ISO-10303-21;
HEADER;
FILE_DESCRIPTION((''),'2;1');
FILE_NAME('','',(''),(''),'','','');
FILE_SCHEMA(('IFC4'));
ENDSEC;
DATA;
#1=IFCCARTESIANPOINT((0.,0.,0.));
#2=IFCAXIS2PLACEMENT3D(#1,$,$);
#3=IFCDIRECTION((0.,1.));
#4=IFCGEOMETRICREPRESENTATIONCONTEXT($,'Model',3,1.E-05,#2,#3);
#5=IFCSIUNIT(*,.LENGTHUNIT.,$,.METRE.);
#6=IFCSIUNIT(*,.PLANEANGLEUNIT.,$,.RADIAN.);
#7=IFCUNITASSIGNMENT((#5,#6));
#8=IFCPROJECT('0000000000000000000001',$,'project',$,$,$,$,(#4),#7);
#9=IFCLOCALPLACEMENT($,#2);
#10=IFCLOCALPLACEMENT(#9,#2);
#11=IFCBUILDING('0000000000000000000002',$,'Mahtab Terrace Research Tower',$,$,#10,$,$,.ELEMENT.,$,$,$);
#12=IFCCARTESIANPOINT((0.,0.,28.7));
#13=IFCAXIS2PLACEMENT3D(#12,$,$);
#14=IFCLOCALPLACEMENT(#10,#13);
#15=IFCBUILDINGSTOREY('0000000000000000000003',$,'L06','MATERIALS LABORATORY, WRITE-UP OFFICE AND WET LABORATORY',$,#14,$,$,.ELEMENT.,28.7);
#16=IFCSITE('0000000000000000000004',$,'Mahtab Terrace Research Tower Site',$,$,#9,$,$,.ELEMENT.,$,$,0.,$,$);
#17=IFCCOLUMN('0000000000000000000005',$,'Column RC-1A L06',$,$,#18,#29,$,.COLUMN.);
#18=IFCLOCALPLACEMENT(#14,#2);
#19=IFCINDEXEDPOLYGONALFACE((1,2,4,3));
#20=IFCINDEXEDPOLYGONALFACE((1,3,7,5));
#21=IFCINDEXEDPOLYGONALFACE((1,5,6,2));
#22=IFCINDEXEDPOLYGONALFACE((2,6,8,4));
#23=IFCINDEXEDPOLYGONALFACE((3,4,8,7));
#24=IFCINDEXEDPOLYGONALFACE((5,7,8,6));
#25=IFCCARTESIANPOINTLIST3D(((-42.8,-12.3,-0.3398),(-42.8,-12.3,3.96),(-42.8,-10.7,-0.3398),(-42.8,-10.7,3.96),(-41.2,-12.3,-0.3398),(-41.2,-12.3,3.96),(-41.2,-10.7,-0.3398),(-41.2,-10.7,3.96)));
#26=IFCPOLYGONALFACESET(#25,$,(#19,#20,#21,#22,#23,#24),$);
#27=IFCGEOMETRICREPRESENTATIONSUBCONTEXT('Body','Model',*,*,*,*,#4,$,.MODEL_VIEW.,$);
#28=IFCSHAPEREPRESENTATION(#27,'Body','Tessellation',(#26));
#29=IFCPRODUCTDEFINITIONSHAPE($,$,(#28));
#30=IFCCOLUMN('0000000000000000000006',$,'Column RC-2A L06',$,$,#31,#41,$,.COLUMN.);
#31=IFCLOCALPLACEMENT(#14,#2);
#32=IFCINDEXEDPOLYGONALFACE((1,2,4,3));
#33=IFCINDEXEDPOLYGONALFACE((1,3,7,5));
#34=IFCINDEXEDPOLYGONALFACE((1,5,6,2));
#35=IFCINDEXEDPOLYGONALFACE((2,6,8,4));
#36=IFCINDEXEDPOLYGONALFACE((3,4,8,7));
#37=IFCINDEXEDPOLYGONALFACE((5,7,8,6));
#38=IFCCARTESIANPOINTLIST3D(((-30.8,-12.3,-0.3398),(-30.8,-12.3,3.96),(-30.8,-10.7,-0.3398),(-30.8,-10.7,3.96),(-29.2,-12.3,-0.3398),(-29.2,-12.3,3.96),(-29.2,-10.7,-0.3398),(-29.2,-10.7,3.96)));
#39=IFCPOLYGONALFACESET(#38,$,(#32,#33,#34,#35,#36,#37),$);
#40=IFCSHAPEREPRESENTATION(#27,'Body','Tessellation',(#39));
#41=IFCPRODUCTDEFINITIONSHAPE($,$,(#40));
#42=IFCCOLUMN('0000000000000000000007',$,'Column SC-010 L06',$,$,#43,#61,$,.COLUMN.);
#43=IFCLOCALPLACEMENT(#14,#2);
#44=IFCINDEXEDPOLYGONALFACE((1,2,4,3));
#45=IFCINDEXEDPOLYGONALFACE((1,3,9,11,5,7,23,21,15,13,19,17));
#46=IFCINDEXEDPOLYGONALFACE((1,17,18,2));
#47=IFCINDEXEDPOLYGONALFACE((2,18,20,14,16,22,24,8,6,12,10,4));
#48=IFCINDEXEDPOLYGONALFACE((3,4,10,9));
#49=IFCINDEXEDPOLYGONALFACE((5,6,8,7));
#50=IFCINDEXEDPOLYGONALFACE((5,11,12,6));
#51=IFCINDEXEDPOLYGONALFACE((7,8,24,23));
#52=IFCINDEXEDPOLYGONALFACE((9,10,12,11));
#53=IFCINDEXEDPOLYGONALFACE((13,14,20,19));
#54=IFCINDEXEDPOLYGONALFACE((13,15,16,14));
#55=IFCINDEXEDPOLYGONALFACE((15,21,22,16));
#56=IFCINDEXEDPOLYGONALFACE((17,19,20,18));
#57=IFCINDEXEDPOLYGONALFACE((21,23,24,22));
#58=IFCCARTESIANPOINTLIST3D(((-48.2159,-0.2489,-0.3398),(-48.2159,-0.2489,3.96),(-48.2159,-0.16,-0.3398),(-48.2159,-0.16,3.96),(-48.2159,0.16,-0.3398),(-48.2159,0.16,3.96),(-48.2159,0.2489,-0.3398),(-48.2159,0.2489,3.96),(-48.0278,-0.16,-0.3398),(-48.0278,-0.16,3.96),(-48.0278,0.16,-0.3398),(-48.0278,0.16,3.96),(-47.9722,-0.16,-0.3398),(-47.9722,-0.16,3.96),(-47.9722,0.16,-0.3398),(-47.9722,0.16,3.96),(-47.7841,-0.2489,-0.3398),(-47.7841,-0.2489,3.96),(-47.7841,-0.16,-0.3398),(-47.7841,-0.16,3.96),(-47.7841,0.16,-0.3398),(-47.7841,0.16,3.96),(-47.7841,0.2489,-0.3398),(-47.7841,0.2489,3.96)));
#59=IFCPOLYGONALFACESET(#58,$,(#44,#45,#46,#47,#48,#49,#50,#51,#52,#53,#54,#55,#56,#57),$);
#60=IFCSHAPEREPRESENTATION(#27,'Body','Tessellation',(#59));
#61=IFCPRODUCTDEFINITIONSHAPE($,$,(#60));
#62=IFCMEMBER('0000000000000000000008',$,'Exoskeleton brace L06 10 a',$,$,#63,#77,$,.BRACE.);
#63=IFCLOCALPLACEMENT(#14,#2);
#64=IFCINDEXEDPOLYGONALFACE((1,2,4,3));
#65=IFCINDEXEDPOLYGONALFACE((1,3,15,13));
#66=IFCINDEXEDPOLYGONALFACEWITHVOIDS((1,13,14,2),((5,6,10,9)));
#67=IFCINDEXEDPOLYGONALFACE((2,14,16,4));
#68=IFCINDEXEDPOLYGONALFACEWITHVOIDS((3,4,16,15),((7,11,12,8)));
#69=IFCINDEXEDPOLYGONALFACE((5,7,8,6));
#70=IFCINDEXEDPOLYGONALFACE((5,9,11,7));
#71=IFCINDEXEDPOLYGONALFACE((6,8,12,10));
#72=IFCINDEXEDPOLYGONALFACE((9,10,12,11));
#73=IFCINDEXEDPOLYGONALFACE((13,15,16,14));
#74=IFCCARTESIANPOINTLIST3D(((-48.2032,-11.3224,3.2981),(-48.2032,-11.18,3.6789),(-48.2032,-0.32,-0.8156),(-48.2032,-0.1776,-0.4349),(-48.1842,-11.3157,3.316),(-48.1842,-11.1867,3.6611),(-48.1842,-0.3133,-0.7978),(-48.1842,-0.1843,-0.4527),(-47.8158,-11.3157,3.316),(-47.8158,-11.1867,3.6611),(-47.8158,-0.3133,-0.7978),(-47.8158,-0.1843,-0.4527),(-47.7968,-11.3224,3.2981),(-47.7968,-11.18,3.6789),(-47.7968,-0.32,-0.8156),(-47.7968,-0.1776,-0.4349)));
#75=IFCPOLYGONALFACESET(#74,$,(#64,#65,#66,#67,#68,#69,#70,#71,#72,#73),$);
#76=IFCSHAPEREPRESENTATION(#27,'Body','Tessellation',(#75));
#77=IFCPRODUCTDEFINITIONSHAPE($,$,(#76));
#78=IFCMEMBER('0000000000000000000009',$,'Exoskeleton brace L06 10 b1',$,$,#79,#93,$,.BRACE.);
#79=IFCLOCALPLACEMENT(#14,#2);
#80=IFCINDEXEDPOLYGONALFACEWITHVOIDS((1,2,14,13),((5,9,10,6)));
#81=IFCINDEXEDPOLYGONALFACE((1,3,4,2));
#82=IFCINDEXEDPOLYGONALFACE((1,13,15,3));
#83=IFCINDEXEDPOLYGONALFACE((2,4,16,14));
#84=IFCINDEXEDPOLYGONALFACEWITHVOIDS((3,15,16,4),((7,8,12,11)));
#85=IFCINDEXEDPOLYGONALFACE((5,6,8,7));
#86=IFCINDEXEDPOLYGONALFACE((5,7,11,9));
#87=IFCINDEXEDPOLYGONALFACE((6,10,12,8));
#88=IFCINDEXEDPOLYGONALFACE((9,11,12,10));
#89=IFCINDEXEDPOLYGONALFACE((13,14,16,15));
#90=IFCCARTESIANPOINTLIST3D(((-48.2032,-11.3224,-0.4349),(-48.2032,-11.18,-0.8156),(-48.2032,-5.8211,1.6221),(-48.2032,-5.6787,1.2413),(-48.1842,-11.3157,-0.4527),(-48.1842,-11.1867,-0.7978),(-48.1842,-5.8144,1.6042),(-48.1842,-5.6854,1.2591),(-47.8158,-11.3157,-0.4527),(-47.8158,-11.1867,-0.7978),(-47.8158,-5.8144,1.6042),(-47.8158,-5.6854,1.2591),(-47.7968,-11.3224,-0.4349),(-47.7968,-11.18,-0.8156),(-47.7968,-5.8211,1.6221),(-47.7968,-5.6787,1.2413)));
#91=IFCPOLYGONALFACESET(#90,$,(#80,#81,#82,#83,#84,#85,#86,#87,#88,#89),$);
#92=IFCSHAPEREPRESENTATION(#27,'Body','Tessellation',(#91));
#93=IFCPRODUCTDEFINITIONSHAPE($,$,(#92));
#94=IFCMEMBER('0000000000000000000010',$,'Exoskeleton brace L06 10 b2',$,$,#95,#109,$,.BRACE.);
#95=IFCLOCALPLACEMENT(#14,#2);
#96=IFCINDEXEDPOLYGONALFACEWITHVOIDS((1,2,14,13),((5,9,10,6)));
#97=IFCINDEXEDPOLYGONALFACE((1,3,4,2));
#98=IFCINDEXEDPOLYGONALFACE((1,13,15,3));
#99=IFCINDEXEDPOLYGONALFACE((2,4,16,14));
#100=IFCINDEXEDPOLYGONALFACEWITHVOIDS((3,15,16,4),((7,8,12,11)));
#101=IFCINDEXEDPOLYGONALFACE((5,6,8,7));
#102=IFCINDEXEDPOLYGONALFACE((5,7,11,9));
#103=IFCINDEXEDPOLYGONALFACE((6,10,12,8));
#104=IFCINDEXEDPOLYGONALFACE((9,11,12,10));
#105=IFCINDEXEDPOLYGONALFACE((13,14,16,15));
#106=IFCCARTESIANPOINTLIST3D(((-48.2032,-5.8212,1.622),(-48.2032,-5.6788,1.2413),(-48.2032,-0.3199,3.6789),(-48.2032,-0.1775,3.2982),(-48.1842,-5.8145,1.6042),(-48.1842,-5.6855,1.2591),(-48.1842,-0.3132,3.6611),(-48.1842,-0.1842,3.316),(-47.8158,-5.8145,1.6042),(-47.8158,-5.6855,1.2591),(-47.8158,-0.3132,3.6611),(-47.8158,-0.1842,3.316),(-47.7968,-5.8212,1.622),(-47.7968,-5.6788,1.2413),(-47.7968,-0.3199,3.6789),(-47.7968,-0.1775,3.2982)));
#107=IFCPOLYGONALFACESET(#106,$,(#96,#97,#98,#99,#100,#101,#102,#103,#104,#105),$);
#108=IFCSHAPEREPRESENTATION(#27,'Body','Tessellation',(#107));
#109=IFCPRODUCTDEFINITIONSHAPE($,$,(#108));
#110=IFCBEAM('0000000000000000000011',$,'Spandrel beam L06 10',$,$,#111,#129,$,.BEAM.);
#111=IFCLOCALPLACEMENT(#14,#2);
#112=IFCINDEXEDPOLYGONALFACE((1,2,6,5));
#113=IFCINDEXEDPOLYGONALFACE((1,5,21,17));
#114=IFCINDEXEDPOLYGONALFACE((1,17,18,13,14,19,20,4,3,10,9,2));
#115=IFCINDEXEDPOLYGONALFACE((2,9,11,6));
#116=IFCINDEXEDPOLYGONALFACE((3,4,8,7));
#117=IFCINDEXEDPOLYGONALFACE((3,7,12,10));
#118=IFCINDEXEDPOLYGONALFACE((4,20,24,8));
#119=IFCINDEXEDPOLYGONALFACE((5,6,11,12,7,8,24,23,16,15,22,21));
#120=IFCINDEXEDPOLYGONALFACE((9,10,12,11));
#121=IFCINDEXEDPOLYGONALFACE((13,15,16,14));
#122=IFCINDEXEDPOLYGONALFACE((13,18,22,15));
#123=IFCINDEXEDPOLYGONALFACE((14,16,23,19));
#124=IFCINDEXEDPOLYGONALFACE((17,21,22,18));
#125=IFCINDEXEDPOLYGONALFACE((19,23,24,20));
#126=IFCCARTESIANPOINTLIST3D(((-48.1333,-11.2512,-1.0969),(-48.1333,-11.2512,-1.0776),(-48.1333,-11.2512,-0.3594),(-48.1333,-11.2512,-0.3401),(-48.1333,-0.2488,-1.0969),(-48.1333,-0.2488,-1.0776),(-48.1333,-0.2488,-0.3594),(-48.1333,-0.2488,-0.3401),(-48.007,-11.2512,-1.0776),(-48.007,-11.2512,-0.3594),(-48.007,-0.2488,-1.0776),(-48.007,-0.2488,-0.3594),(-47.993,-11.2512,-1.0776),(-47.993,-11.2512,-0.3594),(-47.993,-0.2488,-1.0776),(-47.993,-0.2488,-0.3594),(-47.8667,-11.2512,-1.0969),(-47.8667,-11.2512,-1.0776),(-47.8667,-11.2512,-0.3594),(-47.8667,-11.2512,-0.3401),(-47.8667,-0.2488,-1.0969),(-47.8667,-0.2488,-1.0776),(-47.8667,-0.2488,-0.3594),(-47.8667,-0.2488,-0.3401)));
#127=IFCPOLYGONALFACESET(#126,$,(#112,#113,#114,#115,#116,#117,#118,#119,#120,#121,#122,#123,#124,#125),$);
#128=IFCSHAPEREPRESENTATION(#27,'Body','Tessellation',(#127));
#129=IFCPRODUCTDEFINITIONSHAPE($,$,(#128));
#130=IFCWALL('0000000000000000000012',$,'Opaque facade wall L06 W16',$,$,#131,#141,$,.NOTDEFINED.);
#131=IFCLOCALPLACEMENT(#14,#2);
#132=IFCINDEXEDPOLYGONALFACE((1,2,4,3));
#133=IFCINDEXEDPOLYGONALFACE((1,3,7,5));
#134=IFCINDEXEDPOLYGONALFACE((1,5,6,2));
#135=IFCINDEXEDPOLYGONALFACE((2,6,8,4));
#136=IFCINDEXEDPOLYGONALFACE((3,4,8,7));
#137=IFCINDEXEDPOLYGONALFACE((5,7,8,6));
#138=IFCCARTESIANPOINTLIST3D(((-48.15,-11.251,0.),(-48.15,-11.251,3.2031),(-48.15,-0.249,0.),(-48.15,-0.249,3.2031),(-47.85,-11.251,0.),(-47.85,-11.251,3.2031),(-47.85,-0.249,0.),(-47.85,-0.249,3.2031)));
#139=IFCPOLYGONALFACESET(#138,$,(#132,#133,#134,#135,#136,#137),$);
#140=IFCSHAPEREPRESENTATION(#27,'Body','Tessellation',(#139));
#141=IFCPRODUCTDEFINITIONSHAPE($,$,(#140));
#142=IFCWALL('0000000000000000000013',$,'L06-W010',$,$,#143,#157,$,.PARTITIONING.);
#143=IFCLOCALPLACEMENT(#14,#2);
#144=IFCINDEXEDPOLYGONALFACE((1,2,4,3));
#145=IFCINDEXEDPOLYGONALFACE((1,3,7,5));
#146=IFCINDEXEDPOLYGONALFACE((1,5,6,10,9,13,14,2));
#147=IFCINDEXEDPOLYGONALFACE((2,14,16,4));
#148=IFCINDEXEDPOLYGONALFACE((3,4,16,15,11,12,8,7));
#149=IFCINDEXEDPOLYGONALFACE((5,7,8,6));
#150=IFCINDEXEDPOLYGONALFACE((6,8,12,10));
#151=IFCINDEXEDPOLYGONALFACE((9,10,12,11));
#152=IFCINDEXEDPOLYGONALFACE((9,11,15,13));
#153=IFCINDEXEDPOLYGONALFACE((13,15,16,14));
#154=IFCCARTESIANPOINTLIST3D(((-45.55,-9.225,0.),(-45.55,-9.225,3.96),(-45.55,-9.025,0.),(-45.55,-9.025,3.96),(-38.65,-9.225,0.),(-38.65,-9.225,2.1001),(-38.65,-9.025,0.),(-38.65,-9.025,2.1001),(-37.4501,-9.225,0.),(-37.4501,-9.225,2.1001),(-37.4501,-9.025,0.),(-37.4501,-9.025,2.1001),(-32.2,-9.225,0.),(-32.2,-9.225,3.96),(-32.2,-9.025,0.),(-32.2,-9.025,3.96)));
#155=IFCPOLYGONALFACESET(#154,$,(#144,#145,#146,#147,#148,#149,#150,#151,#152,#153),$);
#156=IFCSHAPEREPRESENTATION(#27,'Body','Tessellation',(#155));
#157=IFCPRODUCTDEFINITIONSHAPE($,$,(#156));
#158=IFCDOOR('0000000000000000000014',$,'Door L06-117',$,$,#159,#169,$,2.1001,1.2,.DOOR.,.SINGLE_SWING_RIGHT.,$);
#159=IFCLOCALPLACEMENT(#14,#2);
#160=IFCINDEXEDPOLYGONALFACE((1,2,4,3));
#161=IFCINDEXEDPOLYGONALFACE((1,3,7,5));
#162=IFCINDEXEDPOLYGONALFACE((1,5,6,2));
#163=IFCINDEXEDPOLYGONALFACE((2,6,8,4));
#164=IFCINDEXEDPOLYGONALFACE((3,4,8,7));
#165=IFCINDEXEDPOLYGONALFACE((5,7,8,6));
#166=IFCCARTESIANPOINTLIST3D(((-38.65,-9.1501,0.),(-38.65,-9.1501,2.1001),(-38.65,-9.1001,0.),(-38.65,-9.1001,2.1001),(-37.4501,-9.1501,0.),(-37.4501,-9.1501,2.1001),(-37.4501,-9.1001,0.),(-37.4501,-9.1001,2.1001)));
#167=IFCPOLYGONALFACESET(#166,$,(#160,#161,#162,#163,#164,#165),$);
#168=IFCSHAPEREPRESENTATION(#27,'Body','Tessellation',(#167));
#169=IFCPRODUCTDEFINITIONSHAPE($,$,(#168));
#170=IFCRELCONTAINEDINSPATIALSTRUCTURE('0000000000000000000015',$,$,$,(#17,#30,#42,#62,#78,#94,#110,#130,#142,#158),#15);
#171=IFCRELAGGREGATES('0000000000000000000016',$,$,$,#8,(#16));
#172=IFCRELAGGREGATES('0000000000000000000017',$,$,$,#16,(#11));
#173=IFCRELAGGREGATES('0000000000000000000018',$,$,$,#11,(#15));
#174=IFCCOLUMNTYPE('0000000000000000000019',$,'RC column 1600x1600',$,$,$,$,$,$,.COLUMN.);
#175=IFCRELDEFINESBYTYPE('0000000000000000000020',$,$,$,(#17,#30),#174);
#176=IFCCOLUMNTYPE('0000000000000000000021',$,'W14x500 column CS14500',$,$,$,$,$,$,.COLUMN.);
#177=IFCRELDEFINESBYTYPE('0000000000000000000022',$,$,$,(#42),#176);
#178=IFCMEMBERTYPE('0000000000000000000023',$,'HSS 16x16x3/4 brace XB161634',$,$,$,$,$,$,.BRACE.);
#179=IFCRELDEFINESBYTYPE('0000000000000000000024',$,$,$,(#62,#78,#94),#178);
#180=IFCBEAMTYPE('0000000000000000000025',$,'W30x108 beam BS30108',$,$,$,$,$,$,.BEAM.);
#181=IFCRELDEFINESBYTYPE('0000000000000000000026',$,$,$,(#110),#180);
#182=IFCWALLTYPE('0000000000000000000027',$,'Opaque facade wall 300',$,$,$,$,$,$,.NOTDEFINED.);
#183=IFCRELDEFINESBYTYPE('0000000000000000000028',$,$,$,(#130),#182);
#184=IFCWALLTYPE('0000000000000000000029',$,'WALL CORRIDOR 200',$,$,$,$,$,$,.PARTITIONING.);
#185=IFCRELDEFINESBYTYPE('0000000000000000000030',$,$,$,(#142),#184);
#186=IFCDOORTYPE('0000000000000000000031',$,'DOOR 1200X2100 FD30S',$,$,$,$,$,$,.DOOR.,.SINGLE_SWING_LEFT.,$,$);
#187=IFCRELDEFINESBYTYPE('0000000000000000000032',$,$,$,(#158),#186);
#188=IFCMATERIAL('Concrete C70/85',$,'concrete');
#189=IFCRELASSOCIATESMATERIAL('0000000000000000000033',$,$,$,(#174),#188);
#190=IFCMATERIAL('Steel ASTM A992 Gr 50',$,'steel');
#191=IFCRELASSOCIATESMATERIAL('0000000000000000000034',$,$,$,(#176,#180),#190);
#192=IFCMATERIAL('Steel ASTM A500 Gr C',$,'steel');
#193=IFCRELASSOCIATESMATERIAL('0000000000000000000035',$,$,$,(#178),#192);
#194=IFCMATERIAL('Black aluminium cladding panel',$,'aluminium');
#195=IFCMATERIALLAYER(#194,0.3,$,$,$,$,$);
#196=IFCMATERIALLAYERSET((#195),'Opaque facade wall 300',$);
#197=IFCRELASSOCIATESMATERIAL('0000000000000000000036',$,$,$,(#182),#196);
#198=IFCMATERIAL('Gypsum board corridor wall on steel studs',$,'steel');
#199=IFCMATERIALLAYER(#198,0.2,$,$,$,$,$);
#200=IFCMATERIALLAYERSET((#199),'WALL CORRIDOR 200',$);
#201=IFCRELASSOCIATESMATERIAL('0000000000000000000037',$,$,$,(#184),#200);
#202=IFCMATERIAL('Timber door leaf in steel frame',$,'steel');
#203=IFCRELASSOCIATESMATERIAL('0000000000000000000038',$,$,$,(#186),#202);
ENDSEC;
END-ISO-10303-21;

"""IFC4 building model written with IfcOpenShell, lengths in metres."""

from ifc_helpers import new_model, si_unit, direction, frame, frame_2d, origin, origin_2d, place, context, subcontext, project, spatial, rectangle, hollow_rectangle, i_section, extrude, material, layer, layer_set, material_profile, profile_set, type_object, element, fill, save


model = new_model("IFC4")

# Units and contexts
model_context = context("Model", 3, precision=1e-05, world=origin(), true_north=direction((0.0, 1.0)))
body_context = subcontext(model_context, "Body", "Model", "MODEL_VIEW")
ifc_project = project(units=[si_unit("LENGTHUNIT", "METRE"), si_unit("PLANEANGLEUNIT", "RADIAN")], contexts=[model_context])

# Site, building, storey
site_placement = place(None, origin())
site = spatial("IfcSite", under=ifc_project, at=site_placement, Name="Mahtab Terrace Research Tower Site", CompositionType="ELEMENT", RefElevation=0.0)
building_placement = place(site_placement, origin())
building = spatial("IfcBuilding", under=site, at=building_placement, Name="Mahtab Terrace Research Tower", CompositionType="ELEMENT")
storey_placement = place(building_placement, frame((0.0, 0.0, 28.7)))
storey = spatial("IfcBuildingStorey", under=building, at=storey_placement, Name="L06", Description="MATERIALS LABORATORY, WRITE-UP OFFICE AND WET LABORATORY", CompositionType="ELEMENT", Elevation=28.7)

# Columns
ifc_material_1 = material(Name="Concrete C70/85", Category="concrete")
ifc_material_profile_1 = material_profile(ifc_material_1, rectangle(XDim=1.6001, YDim=1.6001, at=origin_2d()), Name="RC column 1600x1600")
ifc_profile_set_1 = profile_set([ifc_material_profile_1], Name="Concrete C70/85")
column_type_1 = type_object("IfcColumnType", Name="RC column 1600x1600", PredefinedType="COLUMN", material=ifc_profile_set_1)
for number, where, z_axis, x_axis, name in (
    (1, (-42.0, -11.5, -0.3398), (0.0, 0.0, 1.0), (1.0, 0.0, 0.0), "Column RC-1A L06"),
    (2, (-30.0, -11.5, -0.3398), (0.0, 0.0, 1.0), (1.0, 0.0, 0.0), "Column RC-2A L06"),
):
    element("IfcColumn", number, at=place(storey_placement, frame(where, z_axis=z_axis, x_axis=x_axis)), inside=storey, type_object=column_type_1, Name=name, PredefinedType="COLUMN", context=body_context, shape_type="SweptSolid", body=[
        extrude(rectangle(XDim=1.6001, YDim=1.6001, at=origin_2d()), origin(), (0.0, 0.0, 1.0), 4.2998),
    ])
ifc_material_2 = material(Name="Steel ASTM A992 Gr 50", Category="steel")
ifc_material_profile_2 = material_profile(ifc_material_2, i_section(OverallWidth=0.4319, OverallDepth=0.4978, WebThickness=0.0557, FlangeThickness=0.0889, at=origin_2d()), Name="W14X500")
ifc_profile_set_2 = profile_set([ifc_material_profile_2], Name="Steel ASTM A992 Gr 50")
column_type_2 = type_object("IfcColumnType", Name="W14x500 column CS14500", PredefinedType="COLUMN", material=ifc_profile_set_2)
column_placement = place(storey_placement, frame((-48.0, 0.0, -0.3398), z_axis=(0.0, 0.0, 1.0), x_axis=(1.0, 0.0, 0.0)))
element("IfcColumn", 3, at=column_placement, inside=storey, type_object=column_type_2, Name="Column SC-010 L06", PredefinedType="COLUMN", context=body_context, shape_type="SweptSolid", body=[
    extrude(i_section(OverallWidth=0.4319, OverallDepth=0.4978, WebThickness=0.0557, FlangeThickness=0.0889, at=origin_2d()), origin(), (0.0, 0.0, 1.0), 4.2998),
])

# Members
ifc_material_3 = material(Name="Steel ASTM A500 Gr C", Category="steel")
ifc_material_profile_3 = material_profile(ifc_material_3, hollow_rectangle(XDim=0.4065, YDim=0.4065, WallThickness=0.019, at=origin_2d()), Name="HSS16X16X3/4")
ifc_profile_set_3 = profile_set([ifc_material_profile_3], Name="Steel ASTM A500 Gr C")
member_type = type_object("IfcMemberType", Name="HSS 16x16x3/4 brace XB161634", PredefinedType="BRACE", material=ifc_profile_set_3)
member_placement = place(storey_placement, frame((-48.0, -0.2488, -0.6252), z_axis=(0.0, -0.936669, 0.350217), x_axis=(1.0, 0.0, 0.0)))
element("IfcMember", 4, at=member_placement, inside=storey, type_object=member_type, Name="Exoskeleton brace L06 10 a", PredefinedType="BRACE", context=body_context, shape_type="SweptSolid", body=[
    extrude(hollow_rectangle(XDim=0.4065, YDim=0.4065, WallThickness=0.019, at=origin_2d()), origin(), (0.0, 0.0, 1.0), 11.7463),
])
for number, where, z_axis, x_axis, name in (
    (5, (-48.0, -11.2512, -0.6252), (0.0, 0.936669, 0.350217), (-1.0, 0.0, 0.0), "Exoskeleton brace L06 10 b1"),
    (6, (-48.0, -5.75, 1.4316), (0.0, 0.936669, 0.350217), (-1.0, 0.0, 0.0), "Exoskeleton brace L06 10 b2"),
):
    element("IfcMember", number, at=place(storey_placement, frame(where, z_axis=z_axis, x_axis=x_axis)), inside=storey, type_object=member_type, Name=name, PredefinedType="BRACE", context=body_context, shape_type="SweptSolid", body=[
        extrude(hollow_rectangle(XDim=0.4065, YDim=0.4065, WallThickness=0.019, at=origin_2d()), origin(), (0.0, 0.0, 1.0), 5.8733),
    ])

# Beam
ifc_material_profile_4 = material_profile(ifc_material_2, i_section(OverallWidth=0.2666, OverallDepth=0.7568, WebThickness=0.0139, FlangeThickness=0.0193, at=origin_2d()), Name="W30X108")
ifc_profile_set_4 = profile_set([ifc_material_profile_4], Name="Steel ASTM A992 Gr 50")
beam_type = type_object("IfcBeamType", Name="W30x108 beam BS30108", PredefinedType="BEAM", material=ifc_profile_set_4)
beam_placement = place(storey_placement, frame((-48.0, -0.2488, -0.7185), z_axis=(0.0, -1.0, 0.0), x_axis=(1.0, 0.0, 0.0)))
element("IfcBeam", 7, at=beam_placement, inside=storey, type_object=beam_type, Name="Spandrel beam L06 10", PredefinedType="BEAM", context=body_context, shape_type="SweptSolid", body=[
    extrude(i_section(OverallWidth=0.2666, OverallDepth=0.7568, WebThickness=0.0139, FlangeThickness=0.0193, at=origin_2d()), origin(), (0.0, 0.0, 1.0), 11.0024),
])

# Wall
ifc_material_4 = material(Name="Black aluminium cladding panel", Category="aluminium")
ifc_layer_1 = layer(ifc_material_4, 0.3)
ifc_layer_set_1 = layer_set([ifc_layer_1], Name="Opaque facade wall 300")
wall_type_1 = type_object("IfcWallType", Name="Opaque facade wall 300", PredefinedType="NOTDEFINED", material=ifc_layer_set_1)
wall_1_placement = place(storey_placement, frame((-48.0, -0.249, 0.0), z_axis=(0.0, 0.0, 1.0), x_axis=(0.0, -1.0, 0.0)))
element("IfcWall", 8, at=wall_1_placement, inside=storey, type_object=wall_type_1, Name="Opaque facade wall L06 W16", PredefinedType="NOTDEFINED", context=body_context, shape_type="SweptSolid", body=[
    extrude(rectangle(XDim=11.002, YDim=0.3, at=frame_2d((5.501, 0.0))), origin(), (0.0, 0.0, 1.0), 3.2031),
])

# Wall, opening, door
ifc_material_5 = material(Name="Gypsum board corridor wall on steel studs", Category="steel")
ifc_layer_2 = layer(ifc_material_5, 0.2)
ifc_layer_set_2 = layer_set([ifc_layer_2], Name="WALL CORRIDOR 200")
wall_type_2 = type_object("IfcWallType", Name="WALL CORRIDOR 200", PredefinedType="PARTITIONING", material=ifc_layer_set_2)
wall_2_placement = place(storey_placement, frame((-45.55, -9.125, 0.0), z_axis=(0.0, 0.0, 1.0), x_axis=(1.0, 0.0, 0.0)))
wall_2 = element("IfcWall", 9, at=wall_2_placement, inside=storey, type_object=wall_type_2, Name="L06-W010", PredefinedType="PARTITIONING", context=body_context, shape_type="SweptSolid", body=[
    extrude(rectangle(XDim=13.3501, YDim=0.2, at=frame_2d((6.675, 0.0))), origin(), (0.0, 0.0, 1.0), 3.96),
])
opening_1_placement = place(wall_2_placement, frame((6.8999, 0.0, 0.0)))
opening_1 = element("IfcOpeningElement", 10, at=opening_1_placement, cuts=wall_2, PredefinedType="OPENING", context=body_context, shape_type="SweptSolid", body=[
    extrude(rectangle(XDim=1.2, YDim=2.1001, at=frame_2d((0.6001, 1.05))), frame((0.0, 0.1099, 0.0), z_axis=(0.0, -1.0, 0.0), x_axis=(1.0, 0.0, 0.0)), (0.0, 0.0, 1.0), 0.22),
])
ifc_material_6 = material(Name="Timber door leaf in steel frame", Category="steel")
door_type_1 = type_object("IfcDoorType", Name="DOOR 1200X2100 FD30S", OperationType="SINGLE_SWING_LEFT", PredefinedType="DOOR", material=ifc_material_6)
door_1_placement = place(opening_1_placement, origin())
door_1 = element("IfcDoor", 11, at=door_1_placement, inside=storey, type_object=door_type_1, Name="Door L06-117", OperationType="SINGLE_SWING_RIGHT", OverallHeight=2.1001, OverallWidth=1.2, PredefinedType="DOOR", context=body_context, shape_type="SweptSolid", body=[
    extrude(rectangle(XDim=1.2, YDim=2.1001, at=frame_2d((0.6001, 1.05))), frame((0.0, 0.0249, 0.0), z_axis=(0.0, -1.0, 0.0), x_axis=(1.0, 0.0, 0.0)), (0.0, 0.0, 1.0), 0.05),
])
fill(opening_1, door_1)

save(model, "model.ifc")
